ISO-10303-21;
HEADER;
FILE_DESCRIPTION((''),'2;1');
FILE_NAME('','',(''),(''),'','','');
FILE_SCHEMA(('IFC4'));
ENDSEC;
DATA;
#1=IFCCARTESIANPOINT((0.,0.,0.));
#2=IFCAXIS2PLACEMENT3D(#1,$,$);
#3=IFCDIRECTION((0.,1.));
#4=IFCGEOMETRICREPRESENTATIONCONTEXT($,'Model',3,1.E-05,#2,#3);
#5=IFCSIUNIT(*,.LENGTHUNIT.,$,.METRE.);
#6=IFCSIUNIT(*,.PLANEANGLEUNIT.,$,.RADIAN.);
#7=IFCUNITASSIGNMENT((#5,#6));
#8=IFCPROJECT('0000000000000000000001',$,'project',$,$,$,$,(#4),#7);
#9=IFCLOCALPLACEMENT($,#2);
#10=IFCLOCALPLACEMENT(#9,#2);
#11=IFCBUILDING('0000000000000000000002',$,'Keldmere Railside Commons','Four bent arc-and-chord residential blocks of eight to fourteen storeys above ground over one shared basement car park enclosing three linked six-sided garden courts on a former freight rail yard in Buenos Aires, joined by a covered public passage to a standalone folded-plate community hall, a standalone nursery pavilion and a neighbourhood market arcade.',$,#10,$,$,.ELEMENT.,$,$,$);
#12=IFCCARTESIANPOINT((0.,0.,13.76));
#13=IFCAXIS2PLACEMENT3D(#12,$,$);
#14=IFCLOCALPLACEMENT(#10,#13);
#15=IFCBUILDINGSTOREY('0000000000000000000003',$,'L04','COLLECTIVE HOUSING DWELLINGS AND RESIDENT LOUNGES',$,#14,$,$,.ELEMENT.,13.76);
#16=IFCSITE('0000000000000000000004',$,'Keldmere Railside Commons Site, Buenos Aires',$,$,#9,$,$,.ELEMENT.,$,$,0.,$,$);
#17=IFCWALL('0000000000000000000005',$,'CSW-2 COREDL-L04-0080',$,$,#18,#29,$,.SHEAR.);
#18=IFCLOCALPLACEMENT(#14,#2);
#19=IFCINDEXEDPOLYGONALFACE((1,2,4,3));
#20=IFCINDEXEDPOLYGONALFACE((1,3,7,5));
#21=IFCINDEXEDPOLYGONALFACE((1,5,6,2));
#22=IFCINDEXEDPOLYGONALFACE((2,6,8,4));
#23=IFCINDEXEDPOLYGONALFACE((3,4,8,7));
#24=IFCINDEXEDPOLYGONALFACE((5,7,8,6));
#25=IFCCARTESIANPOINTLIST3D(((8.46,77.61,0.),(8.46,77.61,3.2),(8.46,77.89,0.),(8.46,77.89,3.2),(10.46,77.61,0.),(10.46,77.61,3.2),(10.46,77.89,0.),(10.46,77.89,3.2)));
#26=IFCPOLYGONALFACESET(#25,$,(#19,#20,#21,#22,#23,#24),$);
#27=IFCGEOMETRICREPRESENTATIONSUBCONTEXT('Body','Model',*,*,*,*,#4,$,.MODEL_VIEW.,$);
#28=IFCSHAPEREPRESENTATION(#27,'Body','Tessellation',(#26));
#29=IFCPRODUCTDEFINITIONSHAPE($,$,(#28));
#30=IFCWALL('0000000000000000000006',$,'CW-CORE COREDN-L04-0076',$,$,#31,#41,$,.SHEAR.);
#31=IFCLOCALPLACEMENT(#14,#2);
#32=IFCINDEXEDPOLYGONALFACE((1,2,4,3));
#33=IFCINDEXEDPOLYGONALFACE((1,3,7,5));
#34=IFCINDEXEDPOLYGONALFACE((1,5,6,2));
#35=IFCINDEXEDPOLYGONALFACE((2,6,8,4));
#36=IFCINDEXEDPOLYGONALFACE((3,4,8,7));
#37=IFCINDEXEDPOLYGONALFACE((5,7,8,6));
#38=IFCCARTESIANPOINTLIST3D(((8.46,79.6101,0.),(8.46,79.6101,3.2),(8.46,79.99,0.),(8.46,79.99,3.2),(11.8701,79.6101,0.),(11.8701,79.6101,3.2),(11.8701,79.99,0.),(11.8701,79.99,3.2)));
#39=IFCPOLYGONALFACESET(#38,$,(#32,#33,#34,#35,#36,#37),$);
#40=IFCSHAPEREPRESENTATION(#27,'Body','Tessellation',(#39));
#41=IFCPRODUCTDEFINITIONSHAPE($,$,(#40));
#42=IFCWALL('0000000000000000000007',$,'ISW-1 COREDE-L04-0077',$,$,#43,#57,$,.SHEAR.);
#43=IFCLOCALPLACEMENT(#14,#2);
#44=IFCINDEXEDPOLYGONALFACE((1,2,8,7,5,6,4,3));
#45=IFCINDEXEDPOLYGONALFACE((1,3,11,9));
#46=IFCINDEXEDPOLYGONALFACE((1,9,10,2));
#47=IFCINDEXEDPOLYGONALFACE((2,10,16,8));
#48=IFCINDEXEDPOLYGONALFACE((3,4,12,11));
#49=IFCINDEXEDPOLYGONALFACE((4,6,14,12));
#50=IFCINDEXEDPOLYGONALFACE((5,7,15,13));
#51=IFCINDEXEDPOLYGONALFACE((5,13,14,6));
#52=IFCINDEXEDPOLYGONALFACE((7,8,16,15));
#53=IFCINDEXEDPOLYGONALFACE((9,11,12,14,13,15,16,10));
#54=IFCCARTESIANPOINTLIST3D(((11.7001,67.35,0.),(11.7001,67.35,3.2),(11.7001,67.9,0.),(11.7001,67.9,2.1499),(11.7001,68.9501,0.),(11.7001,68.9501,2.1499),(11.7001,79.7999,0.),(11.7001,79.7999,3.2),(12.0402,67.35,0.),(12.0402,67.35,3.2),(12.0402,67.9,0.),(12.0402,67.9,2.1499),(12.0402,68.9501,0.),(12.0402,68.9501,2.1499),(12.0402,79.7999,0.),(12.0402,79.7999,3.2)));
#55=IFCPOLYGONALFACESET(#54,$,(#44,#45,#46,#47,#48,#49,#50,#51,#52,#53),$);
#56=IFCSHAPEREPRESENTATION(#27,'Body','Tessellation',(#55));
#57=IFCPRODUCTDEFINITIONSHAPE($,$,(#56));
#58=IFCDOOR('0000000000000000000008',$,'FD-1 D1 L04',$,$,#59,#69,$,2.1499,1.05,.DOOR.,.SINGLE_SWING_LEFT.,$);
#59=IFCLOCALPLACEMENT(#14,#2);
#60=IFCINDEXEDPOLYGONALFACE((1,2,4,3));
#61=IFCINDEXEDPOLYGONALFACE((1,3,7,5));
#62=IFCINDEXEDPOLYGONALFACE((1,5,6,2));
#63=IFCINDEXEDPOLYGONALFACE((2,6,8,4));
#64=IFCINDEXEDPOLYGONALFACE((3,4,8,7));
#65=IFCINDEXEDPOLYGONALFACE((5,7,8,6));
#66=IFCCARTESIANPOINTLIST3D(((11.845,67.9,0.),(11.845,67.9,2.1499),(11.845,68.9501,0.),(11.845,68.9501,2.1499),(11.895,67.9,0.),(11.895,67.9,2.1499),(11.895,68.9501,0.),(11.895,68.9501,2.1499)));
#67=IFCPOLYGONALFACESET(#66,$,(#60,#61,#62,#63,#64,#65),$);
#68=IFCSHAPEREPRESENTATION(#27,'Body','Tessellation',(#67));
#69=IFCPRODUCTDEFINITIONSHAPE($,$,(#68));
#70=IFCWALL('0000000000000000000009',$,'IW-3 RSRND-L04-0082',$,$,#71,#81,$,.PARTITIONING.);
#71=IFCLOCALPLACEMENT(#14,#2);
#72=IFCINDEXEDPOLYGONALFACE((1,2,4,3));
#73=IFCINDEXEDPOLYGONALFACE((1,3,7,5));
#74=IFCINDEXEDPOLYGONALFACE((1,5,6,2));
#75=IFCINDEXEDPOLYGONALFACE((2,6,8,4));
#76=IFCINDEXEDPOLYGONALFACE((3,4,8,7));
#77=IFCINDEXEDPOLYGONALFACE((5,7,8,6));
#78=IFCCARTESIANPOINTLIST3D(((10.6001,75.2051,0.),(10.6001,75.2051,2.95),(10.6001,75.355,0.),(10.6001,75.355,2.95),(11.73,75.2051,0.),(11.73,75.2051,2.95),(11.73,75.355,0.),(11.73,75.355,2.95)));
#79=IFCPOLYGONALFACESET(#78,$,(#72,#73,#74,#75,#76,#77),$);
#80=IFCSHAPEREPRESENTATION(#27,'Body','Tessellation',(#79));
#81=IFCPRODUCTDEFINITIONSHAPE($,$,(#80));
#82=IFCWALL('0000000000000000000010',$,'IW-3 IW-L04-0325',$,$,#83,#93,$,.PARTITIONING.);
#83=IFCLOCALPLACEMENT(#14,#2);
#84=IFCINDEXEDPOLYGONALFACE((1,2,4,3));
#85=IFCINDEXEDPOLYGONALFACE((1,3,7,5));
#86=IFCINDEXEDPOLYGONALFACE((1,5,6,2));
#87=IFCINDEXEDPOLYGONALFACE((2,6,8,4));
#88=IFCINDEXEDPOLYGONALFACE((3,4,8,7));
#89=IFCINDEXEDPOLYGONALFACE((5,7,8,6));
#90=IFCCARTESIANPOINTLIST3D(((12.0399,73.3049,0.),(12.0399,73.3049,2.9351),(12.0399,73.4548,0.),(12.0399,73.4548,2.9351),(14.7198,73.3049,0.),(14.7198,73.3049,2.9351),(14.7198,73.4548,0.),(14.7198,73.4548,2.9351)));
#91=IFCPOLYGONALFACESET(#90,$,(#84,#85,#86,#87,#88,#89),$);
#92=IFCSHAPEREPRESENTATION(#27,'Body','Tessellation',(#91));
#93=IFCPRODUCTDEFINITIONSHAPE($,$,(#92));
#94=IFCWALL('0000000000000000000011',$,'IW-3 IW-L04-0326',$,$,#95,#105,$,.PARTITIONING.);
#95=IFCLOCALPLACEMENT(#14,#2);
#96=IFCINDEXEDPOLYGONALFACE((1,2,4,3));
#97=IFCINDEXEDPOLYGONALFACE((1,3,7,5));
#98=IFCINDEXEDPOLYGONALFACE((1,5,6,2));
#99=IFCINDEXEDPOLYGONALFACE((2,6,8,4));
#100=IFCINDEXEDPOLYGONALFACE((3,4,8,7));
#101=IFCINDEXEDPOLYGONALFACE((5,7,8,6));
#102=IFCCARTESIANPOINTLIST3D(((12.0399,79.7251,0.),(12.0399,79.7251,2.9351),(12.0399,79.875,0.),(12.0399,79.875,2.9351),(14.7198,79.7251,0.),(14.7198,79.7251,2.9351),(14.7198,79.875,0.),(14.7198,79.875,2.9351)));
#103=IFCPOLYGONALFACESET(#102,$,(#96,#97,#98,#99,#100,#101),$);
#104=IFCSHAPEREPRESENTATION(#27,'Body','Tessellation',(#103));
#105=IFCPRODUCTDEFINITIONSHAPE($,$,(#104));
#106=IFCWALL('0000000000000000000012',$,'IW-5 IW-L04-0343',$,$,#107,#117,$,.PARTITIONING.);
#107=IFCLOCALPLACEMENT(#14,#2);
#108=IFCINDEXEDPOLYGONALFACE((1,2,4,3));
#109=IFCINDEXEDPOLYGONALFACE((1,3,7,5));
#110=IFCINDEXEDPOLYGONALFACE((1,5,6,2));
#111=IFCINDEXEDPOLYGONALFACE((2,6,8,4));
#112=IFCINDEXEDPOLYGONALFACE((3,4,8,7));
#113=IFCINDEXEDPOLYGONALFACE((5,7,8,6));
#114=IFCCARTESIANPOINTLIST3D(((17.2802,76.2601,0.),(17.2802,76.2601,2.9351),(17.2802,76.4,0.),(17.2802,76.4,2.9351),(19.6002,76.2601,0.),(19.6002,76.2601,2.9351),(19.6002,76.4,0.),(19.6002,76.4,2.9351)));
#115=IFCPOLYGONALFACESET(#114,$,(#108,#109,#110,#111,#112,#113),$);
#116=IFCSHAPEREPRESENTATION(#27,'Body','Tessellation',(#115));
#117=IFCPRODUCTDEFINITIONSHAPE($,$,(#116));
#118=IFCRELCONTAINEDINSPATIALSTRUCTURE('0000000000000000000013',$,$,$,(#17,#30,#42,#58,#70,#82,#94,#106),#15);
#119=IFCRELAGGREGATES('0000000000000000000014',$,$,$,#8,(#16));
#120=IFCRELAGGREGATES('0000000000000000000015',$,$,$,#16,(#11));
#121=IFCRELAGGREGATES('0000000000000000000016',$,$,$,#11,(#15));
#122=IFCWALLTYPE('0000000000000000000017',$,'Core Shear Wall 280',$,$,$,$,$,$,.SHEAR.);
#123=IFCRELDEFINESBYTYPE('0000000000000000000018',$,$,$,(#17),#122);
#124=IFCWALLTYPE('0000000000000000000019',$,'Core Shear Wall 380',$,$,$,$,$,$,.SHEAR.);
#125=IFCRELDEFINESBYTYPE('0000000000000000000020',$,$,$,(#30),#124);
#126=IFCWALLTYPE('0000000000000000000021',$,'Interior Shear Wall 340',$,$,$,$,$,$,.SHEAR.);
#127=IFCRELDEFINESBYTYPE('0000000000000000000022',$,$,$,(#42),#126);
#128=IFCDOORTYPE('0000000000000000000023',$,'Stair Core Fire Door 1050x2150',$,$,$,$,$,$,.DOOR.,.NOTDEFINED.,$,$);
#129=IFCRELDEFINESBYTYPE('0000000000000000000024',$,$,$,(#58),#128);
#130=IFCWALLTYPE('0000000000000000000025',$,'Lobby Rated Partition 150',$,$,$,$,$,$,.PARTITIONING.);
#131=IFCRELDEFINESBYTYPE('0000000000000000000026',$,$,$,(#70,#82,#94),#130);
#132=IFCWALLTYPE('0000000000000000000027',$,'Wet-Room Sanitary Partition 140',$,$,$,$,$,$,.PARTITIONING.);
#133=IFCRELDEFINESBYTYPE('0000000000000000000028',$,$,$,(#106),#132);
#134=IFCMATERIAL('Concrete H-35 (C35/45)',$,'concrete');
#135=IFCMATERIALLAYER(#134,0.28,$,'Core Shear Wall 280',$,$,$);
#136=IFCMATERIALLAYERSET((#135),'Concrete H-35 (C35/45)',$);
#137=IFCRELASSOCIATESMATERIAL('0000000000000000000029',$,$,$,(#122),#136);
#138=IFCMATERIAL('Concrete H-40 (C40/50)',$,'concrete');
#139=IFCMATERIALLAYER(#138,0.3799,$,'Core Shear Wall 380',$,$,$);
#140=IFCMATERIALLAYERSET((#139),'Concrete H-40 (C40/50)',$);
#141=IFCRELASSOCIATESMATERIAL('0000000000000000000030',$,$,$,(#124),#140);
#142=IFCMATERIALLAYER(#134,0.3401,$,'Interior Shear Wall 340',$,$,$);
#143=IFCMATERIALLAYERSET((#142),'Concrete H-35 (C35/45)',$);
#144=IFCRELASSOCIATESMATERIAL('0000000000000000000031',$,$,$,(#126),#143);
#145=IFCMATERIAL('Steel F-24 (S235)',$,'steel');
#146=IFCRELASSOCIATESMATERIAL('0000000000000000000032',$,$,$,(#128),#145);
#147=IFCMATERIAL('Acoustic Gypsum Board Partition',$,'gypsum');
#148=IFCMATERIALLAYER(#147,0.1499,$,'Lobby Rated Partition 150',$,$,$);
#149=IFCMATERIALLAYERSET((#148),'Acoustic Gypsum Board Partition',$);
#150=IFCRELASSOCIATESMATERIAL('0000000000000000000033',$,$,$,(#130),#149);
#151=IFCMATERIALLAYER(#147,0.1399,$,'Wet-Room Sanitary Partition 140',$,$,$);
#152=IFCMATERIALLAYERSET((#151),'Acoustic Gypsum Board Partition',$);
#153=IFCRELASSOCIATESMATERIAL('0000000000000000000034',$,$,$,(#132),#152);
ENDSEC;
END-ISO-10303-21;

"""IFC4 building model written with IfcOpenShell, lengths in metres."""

from ifc_helpers import new_model, si_unit, direction, frame, frame_2d, origin, place, context, subcontext, project, spatial, rectangle, extrude, material, layer, layer_set, type_object, element, fill, save


model = new_model("IFC4")

# Units and contexts
model_context = context("Model", 3, precision=1e-05, world=origin(), true_north=direction((0.0, 1.0)))
body_context = subcontext(model_context, "Body", "Model", "MODEL_VIEW")
ifc_project = project(units=[si_unit("LENGTHUNIT", "METRE"), si_unit("PLANEANGLEUNIT", "RADIAN")], contexts=[model_context])

# Site, building, storey
site_placement = place(None, origin())
site = spatial("IfcSite", under=ifc_project, at=site_placement, Name="Keldmere Railside Commons Site, Buenos Aires", CompositionType="ELEMENT", RefElevation=0.0)
building_placement = place(site_placement, origin())
building = spatial("IfcBuilding", under=site, at=building_placement, Name="Keldmere Railside Commons", Description="Four bent arc-and-chord residential blocks of eight to fourteen storeys above ground over one shared basement car park enclosing three linked six-sided garden courts on a former freight rail yard in Buenos Aires, joined by a covered public passage to a standalone folded-plate community hall, a standalone nursery pavilion and a neighbourhood market arcade.", CompositionType="ELEMENT")
storey_placement = place(building_placement, frame((0.0, 0.0, 13.76)))
storey = spatial("IfcBuildingStorey", under=building, at=storey_placement, Name="L04", Description="COLLECTIVE HOUSING DWELLINGS AND RESIDENT LOUNGES", CompositionType="ELEMENT", Elevation=13.76)

# Shared definitions
ifc_material_1 = material(Name="Concrete H-35 (C35/45)", Category="concrete")

# Shared definitions
ifc_material_2 = material(Name="Acoustic Gypsum Board Partition", Category="gypsum")

# Wall
ifc_layer_1 = layer(ifc_material_1, 0.28, Name="Core Shear Wall 280")
ifc_layer_set_1 = layer_set([ifc_layer_1], Name="Concrete H-35 (C35/45)")
wall_type_1 = type_object("IfcWallType", Name="Core Shear Wall 280", PredefinedType="SHEAR", material=ifc_layer_set_1)
wall_1_placement = place(storey_placement, frame((8.46, 77.75, 0.0), z_axis=(0.0, 0.0, 1.0), x_axis=(1.0, 0.0, 0.0)))
element("IfcWall", 1, at=wall_1_placement, inside=storey, type_object=wall_type_1, Name="CSW-2 COREDL-L04-0080", PredefinedType="SHEAR", context=body_context, shape_type="SweptSolid", body=[
    extrude(rectangle(XDim=2.0, YDim=0.28, at=frame_2d((1.0, 0.0))), origin(), (0.0, 0.0, 1.0), 3.2),
])

# Shared definitions
ifc_material_3 = material(Name="Steel F-24 (S235)", Category="steel")

# Wall
ifc_material_4 = material(Name="Concrete H-40 (C40/50)", Category="concrete")
ifc_layer_2 = layer(ifc_material_4, 0.3799, Name="Core Shear Wall 380")
ifc_layer_set_2 = layer_set([ifc_layer_2], Name="Concrete H-40 (C40/50)")
wall_type_2 = type_object("IfcWallType", Name="Core Shear Wall 380", PredefinedType="SHEAR", material=ifc_layer_set_2)
wall_2_placement = place(storey_placement, frame((8.46, 79.8, 0.0), z_axis=(0.0, 0.0, 1.0), x_axis=(1.0, 0.0, 0.0)))
element("IfcWall", 2, at=wall_2_placement, inside=storey, type_object=wall_type_2, Name="CW-CORE COREDN-L04-0076", PredefinedType="SHEAR", context=body_context, shape_type="SweptSolid", body=[
    extrude(rectangle(XDim=3.4102, YDim=0.3799, at=frame_2d((1.7051, 0.0))), origin(), (0.0, 0.0, 1.0), 3.2),
])

# Wall, opening, door
ifc_layer_3 = layer(ifc_material_1, 0.3401, Name="Interior Shear Wall 340")
ifc_layer_set_3 = layer_set([ifc_layer_3], Name="Concrete H-35 (C35/45)")
wall_type_3 = type_object("IfcWallType", Name="Interior Shear Wall 340", PredefinedType="SHEAR", material=ifc_layer_set_3)
wall_3_placement = place(storey_placement, frame((11.8701, 79.8, 0.0), z_axis=(0.0, 0.0, 1.0), x_axis=(0.0, -1.0, 0.0)))
wall_3 = element("IfcWall", 3, at=wall_3_placement, inside=storey, type_object=wall_type_3, Name="ISW-1 COREDE-L04-0077", PredefinedType="SHEAR", context=body_context, shape_type="SweptSolid", body=[
    extrude(rectangle(XDim=12.45, YDim=0.3401, at=frame_2d((6.2251, 0.0))), origin(), (0.0, 0.0, 1.0), 3.2),
])
opening_1_placement = place(wall_3_placement, frame((10.8501, 0.0, 0.0)))
opening_1 = element("IfcOpeningElement", 4, at=opening_1_placement, cuts=wall_3, PredefinedType="OPENING", context=body_context, shape_type="SweptSolid", body=[
    extrude(rectangle(XDim=1.05, YDim=2.1499, at=frame_2d((0.5249, 1.075))), frame((0.0, 0.1799, 0.0), z_axis=(0.0, -1.0, 0.0), x_axis=(1.0, 0.0, 0.0)), (0.0, 0.0, 1.0), 0.3601),
])
door_type_1 = type_object("IfcDoorType", Name="Stair Core Fire Door 1050x2150", OperationType="NOTDEFINED", PredefinedType="DOOR", material=ifc_material_3)
door_1_placement = place(opening_1_placement, origin())
door_1 = element("IfcDoor", 5, at=door_1_placement, inside=storey, type_object=door_type_1, Name="FD-1 D1 L04", OperationType="SINGLE_SWING_LEFT", OverallHeight=2.1499, OverallWidth=1.05, PredefinedType="DOOR", context=body_context, shape_type="SweptSolid", body=[
    extrude(rectangle(XDim=1.05, YDim=2.1499, at=frame_2d((0.5249, 1.075))), frame((0.0, 0.0249, 0.0), z_axis=(0.0, -1.0, 0.0), x_axis=(1.0, 0.0, 0.0)), (0.0, 0.0, 1.0), 0.05),
])
fill(opening_1, door_1)

# Walls
ifc_layer_4 = layer(ifc_material_2, 0.1499, Name="Lobby Rated Partition 150")
ifc_layer_set_4 = layer_set([ifc_layer_4], Name="Acoustic Gypsum Board Partition")
wall_type_4 = type_object("IfcWallType", Name="Lobby Rated Partition 150", PredefinedType="PARTITIONING", material=ifc_layer_set_4)
wall_4_placement = place(storey_placement, frame((10.6001, 75.28, 0.0), z_axis=(0.0, 0.0, 1.0), x_axis=(1.0, 0.0, 0.0)))
element("IfcWall", 6, at=wall_4_placement, inside=storey, type_object=wall_type_4, Name="IW-3 RSRND-L04-0082", PredefinedType="PARTITIONING", context=body_context, shape_type="SweptSolid", body=[
    extrude(rectangle(XDim=1.1299, YDim=0.1499, at=frame_2d((0.5649, 0.0))), origin(), (0.0, 0.0, 1.0), 2.95),
])
for number, where, z_axis, x_axis, name in (
    (7, (12.04, 73.3799, 0.0), (0.0, 0.0, 1.0), (1.0, 0.0, 0.0), "IW-3 IW-L04-0325"),
    (8, (12.04, 79.8, 0.0), (0.0, 0.0, 1.0), (1.0, 0.0, 0.0), "IW-3 IW-L04-0326"),
):
    element("IfcWall", number, at=place(storey_placement, frame(where, z_axis=z_axis, x_axis=x_axis)), inside=storey, type_object=wall_type_4, Name=name, PredefinedType="PARTITIONING", context=body_context, shape_type="SweptSolid", body=[
        extrude(rectangle(XDim=2.6799, YDim=0.1499, at=frame_2d((1.3398, 0.0))), origin(), (0.0, 0.0, 1.0), 2.9351),
    ])
ifc_layer_5 = layer(ifc_material_2, 0.1399, Name="Wet-Room Sanitary Partition 140")
ifc_layer_set_5 = layer_set([ifc_layer_5], Name="Acoustic Gypsum Board Partition")
wall_type_5 = type_object("IfcWallType", Name="Wet-Room Sanitary Partition 140", PredefinedType="PARTITIONING", material=ifc_layer_set_5)
wall_5_placement = place(storey_placement, frame((17.28, 76.3301, 0.0), z_axis=(0.0, 0.0, 1.0), x_axis=(1.0, 0.0, 0.0)))
element("IfcWall", 9, at=wall_5_placement, inside=storey, type_object=wall_type_5, Name="IW-5 IW-L04-0343", PredefinedType="PARTITIONING", context=body_context, shape_type="SweptSolid", body=[
    extrude(rectangle(XDim=2.3201, YDim=0.1399, at=frame_2d((1.1602, 0.0))), origin(), (0.0, 0.0, 1.0), 2.9351),
])

save(model, "model.ifc")
